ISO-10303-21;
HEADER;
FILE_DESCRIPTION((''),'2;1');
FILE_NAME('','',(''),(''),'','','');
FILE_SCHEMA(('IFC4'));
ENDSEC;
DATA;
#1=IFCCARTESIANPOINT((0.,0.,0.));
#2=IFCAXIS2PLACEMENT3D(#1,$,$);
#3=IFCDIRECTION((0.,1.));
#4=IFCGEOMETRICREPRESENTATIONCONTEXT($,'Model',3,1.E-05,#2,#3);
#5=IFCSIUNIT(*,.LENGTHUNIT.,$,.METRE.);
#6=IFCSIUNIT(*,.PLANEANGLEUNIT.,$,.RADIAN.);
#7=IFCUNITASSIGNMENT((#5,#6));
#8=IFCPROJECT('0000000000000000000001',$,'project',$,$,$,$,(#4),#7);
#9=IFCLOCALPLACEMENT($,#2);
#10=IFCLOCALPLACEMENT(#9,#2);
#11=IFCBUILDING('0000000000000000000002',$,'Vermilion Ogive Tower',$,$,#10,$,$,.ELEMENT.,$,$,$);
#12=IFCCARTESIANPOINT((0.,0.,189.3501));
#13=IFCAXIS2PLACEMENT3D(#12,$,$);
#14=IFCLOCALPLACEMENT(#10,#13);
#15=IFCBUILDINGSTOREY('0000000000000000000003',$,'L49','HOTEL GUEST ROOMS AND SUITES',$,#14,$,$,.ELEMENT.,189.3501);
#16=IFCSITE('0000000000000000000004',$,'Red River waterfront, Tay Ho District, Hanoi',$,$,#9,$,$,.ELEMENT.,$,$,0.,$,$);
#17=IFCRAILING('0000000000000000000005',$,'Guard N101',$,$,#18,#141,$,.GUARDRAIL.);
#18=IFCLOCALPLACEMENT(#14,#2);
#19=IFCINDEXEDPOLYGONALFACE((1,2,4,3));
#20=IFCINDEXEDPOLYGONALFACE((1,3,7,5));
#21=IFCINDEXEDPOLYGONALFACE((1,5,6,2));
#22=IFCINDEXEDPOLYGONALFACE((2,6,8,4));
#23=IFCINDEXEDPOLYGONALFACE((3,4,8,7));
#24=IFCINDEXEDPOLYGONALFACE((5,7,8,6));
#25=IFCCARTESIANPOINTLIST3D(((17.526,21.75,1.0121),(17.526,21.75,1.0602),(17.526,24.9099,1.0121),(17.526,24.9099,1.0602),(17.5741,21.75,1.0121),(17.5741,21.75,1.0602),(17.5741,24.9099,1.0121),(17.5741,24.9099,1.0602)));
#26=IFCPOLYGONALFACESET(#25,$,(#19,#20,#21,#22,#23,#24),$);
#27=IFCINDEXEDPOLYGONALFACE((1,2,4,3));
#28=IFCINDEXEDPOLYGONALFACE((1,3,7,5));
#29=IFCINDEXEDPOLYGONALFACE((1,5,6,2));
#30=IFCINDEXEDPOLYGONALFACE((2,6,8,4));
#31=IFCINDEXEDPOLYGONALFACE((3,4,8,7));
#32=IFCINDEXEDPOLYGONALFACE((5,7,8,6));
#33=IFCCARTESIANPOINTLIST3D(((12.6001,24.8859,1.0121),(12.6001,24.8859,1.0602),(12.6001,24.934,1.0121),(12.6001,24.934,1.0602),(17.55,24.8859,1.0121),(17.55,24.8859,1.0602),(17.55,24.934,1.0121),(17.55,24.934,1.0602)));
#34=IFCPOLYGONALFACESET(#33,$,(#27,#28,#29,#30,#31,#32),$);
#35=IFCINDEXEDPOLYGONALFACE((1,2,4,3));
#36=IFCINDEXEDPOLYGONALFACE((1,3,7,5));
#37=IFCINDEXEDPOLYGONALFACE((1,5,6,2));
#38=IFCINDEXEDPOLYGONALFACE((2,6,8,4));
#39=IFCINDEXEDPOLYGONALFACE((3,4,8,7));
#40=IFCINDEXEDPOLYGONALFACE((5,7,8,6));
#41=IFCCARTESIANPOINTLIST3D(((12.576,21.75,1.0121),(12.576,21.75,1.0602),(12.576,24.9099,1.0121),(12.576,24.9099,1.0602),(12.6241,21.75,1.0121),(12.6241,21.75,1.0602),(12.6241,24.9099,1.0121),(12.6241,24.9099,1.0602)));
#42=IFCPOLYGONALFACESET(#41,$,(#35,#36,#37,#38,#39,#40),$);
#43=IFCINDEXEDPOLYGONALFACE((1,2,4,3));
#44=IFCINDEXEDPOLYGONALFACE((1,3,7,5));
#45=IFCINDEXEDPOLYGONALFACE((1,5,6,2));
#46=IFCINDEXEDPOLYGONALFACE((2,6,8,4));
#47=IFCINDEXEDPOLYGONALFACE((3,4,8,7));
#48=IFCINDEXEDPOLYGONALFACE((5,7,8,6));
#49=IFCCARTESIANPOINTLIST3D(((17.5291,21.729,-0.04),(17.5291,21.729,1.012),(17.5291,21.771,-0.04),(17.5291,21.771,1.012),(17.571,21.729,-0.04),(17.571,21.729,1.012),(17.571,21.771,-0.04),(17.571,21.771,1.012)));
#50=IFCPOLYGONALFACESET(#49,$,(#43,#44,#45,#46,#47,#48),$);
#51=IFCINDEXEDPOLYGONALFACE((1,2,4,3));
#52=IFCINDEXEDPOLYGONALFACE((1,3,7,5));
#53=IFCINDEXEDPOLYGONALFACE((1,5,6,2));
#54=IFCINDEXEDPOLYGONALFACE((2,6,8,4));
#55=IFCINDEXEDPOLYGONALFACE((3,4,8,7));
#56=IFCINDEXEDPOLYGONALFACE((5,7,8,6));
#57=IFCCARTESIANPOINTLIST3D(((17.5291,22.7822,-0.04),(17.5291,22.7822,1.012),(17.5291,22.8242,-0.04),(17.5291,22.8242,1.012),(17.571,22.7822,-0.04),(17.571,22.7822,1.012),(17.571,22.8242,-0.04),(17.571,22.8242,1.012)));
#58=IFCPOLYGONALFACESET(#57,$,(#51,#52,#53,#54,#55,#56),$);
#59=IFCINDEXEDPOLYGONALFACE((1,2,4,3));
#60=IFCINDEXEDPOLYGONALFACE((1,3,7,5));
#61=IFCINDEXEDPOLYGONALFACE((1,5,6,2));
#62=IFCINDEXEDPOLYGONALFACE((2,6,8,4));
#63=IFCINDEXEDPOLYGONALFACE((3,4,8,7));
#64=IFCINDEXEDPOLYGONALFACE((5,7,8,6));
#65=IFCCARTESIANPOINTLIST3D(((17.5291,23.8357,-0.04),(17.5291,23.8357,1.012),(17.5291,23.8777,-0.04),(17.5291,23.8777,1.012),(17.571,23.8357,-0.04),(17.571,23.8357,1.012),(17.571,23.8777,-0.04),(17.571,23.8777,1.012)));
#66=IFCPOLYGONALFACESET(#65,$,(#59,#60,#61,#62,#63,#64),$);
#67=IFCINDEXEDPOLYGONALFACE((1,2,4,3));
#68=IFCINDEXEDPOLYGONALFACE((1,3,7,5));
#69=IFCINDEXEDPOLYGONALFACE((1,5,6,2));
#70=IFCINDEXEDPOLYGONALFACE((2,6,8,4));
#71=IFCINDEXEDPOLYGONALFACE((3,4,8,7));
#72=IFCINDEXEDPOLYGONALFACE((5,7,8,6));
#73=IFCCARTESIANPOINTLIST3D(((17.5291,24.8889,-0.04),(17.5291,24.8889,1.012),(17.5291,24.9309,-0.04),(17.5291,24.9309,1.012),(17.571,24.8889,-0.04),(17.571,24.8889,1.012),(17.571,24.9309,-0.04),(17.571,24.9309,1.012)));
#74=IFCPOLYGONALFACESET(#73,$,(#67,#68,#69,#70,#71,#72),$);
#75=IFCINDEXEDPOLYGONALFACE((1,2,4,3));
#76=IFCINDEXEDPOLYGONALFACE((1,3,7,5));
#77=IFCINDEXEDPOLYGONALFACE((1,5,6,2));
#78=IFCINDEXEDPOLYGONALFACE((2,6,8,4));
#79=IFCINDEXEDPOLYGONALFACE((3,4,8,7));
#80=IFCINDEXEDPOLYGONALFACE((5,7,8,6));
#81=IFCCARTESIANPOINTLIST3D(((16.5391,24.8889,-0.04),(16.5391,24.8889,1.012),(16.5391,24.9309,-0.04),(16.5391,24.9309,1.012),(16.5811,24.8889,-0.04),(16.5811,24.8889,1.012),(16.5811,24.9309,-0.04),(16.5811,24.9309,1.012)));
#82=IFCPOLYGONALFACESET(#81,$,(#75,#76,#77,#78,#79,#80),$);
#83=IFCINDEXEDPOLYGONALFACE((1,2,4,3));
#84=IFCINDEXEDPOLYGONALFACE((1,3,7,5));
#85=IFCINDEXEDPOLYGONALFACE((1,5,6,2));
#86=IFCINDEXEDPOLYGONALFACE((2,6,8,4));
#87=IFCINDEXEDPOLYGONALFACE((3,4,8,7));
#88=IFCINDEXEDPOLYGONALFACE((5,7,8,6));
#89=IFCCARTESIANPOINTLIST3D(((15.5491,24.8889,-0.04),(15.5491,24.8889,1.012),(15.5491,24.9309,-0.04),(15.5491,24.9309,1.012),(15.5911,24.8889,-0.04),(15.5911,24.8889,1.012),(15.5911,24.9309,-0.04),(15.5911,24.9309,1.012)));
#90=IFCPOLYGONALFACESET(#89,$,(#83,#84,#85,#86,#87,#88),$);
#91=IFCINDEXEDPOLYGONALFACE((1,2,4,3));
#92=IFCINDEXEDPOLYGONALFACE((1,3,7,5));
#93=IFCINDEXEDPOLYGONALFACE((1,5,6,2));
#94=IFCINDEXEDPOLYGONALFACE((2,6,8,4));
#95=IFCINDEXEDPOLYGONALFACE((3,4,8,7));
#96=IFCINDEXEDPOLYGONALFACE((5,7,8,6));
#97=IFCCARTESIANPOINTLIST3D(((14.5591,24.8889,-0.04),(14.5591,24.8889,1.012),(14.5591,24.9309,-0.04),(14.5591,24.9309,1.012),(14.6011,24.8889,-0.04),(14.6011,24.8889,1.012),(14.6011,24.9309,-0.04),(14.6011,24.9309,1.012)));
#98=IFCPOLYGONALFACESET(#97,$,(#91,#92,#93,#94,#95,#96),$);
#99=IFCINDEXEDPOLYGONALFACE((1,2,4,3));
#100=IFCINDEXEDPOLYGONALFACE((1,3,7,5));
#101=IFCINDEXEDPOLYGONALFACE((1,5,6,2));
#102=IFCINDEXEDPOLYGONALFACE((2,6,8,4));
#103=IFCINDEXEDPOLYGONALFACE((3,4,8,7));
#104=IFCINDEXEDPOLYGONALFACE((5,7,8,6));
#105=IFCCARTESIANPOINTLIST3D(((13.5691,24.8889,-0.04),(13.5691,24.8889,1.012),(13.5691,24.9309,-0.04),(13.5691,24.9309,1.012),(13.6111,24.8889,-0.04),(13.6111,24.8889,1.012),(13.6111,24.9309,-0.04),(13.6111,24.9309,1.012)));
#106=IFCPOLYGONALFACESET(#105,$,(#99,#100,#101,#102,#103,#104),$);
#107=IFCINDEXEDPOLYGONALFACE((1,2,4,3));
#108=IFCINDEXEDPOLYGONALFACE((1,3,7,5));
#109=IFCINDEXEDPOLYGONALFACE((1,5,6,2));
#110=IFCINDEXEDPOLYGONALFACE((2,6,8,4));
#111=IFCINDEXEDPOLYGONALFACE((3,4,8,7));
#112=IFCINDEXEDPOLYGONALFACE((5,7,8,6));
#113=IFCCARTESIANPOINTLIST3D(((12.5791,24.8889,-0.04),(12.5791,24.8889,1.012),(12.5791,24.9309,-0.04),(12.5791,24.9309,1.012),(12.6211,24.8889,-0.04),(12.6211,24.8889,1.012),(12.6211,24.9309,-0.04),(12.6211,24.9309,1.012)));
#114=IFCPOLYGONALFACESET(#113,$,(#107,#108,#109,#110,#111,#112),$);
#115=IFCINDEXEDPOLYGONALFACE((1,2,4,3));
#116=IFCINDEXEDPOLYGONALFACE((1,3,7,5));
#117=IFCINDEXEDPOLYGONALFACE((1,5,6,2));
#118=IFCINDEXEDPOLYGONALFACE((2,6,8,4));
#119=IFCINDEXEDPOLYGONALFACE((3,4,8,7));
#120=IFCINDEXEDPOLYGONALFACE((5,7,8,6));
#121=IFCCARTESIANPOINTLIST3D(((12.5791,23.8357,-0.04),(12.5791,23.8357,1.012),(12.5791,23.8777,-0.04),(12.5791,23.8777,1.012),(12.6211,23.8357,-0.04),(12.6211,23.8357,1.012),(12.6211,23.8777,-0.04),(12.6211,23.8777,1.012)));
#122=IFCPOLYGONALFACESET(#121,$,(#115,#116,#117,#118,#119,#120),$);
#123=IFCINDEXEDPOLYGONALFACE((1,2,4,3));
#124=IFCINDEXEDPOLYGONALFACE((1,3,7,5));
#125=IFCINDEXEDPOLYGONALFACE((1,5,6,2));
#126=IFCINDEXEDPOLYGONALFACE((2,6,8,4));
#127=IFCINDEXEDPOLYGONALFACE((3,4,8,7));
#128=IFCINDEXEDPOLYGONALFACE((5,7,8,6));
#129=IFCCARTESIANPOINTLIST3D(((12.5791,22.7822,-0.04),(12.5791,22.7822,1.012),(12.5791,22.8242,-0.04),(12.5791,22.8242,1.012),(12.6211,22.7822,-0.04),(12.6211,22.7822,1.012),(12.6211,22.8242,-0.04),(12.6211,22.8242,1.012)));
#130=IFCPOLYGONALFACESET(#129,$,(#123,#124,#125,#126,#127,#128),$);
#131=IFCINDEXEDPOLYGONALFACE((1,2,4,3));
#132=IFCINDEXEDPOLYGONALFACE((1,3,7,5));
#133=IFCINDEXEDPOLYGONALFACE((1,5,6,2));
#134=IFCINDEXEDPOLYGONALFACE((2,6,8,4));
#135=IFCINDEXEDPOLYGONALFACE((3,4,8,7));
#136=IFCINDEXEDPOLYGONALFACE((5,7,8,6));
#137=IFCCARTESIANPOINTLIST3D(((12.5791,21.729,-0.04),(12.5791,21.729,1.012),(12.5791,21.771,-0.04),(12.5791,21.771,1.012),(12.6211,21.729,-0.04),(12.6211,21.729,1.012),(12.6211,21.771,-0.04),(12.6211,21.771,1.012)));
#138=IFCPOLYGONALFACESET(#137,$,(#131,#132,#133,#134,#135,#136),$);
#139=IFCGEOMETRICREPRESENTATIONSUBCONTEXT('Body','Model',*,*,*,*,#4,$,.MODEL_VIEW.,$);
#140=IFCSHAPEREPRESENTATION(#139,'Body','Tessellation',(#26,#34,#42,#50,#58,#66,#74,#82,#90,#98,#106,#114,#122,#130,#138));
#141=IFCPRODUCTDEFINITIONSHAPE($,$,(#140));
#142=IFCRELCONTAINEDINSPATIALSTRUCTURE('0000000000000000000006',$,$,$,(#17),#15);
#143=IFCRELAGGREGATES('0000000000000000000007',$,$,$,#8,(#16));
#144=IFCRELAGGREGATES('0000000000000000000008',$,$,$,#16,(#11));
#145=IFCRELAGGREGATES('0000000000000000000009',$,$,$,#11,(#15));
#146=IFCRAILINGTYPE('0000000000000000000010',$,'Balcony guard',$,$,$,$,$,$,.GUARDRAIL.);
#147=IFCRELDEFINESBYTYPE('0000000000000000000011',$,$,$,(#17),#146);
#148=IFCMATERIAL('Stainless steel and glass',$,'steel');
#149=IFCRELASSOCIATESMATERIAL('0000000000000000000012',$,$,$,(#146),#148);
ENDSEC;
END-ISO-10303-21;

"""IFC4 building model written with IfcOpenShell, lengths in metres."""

from ifc_helpers import new_model, si_unit, direction, frame, origin, origin_2d, place, context, subcontext, project, spatial, rectangle, extrude, material, type_object, element, save


model = new_model("IFC4")

# Units and contexts
model_context = context("Model", 3, precision=1e-05, world=origin(), true_north=direction((0.0, 1.0)))
body_context = subcontext(model_context, "Body", "Model", "MODEL_VIEW")
ifc_project = project(units=[si_unit("LENGTHUNIT", "METRE"), si_unit("PLANEANGLEUNIT", "RADIAN")], contexts=[model_context])

# Site, building, storey
site_placement = place(None, origin())
site = spatial("IfcSite", under=ifc_project, at=site_placement, Name="Red River waterfront, Tay Ho District, Hanoi", CompositionType="ELEMENT", RefElevation=0.0)
building_placement = place(site_placement, origin())
building = spatial("IfcBuilding", under=site, at=building_placement, Name="Vermilion Ogive Tower", CompositionType="ELEMENT")
storey_placement = place(building_placement, frame((0.0, 0.0, 189.3501)))
storey = spatial("IfcBuildingStorey", under=building, at=storey_placement, Name="L49", Description="HOTEL GUEST ROOMS AND SUITES", CompositionType="ELEMENT", Elevation=189.3501)

# Railing
ifc_material_1 = material(Name="Stainless steel and glass", Category="steel")
railing_type = type_object("IfcRailingType", Name="Balcony guard", PredefinedType="GUARDRAIL", material=ifc_material_1)
railing_placement = place(storey_placement, frame((17.55, 21.75, -0.04)))
element("IfcRailing", 1, at=railing_placement, inside=storey, type_object=railing_type, Name="Guard N101", PredefinedType="GUARDRAIL", context=body_context, shape_type="SweptSolid", body=[
    extrude(rectangle(XDim=0.0481, YDim=0.0481, at=origin_2d()), frame((0.0, 0.0, 1.0762), z_axis=(0.0, 1.0, 0.0), x_axis=(-1.0, 0.0, 0.0)), (0.0, 0.0, 1.0), 3.1599),
    extrude(rectangle(XDim=0.0481, YDim=0.0481, at=origin_2d()), frame((0.0, 3.1599, 1.0762), z_axis=(-1.0, 0.0, 0.0), x_axis=(0.0, -1.0, 0.0)), (0.0, 0.0, 1.0), 4.95),
    extrude(rectangle(XDim=0.0481, YDim=0.0481, at=origin_2d()), frame((-4.95, 3.1599, 1.0762), z_axis=(0.0, -1.0, 0.0), x_axis=(1.0, 0.0, 0.0)), (0.0, 0.0, 1.0), 3.1599),
    extrude(rectangle(XDim=0.042, YDim=0.042, at=origin_2d()), origin(), (0.0, 0.0, 1.0), 1.052),
    extrude(rectangle(XDim=0.042, YDim=0.042, at=origin_2d()), frame((0.0, 1.0532, 0.0)), (0.0, 0.0, 1.0), 1.052),
    extrude(rectangle(XDim=0.042, YDim=0.042, at=origin_2d()), frame((0.0, 2.1067, 0.0)), (0.0, 0.0, 1.0), 1.052),
    extrude(rectangle(XDim=0.042, YDim=0.042, at=origin_2d()), frame((0.0, 3.1599, 0.0)), (0.0, 0.0, 1.0), 1.052),
    extrude(rectangle(XDim=0.042, YDim=0.042, at=origin_2d()), frame((-0.99, 3.1599, 0.0)), (0.0, 0.0, 1.0), 1.052),
    extrude(rectangle(XDim=0.042, YDim=0.042, at=origin_2d()), frame((-1.98, 3.1599, 0.0)), (0.0, 0.0, 1.0), 1.052),
    extrude(rectangle(XDim=0.042, YDim=0.042, at=origin_2d()), frame((-2.97, 3.1599, 0.0)), (0.0, 0.0, 1.0), 1.052),
    extrude(rectangle(XDim=0.042, YDim=0.042, at=origin_2d()), frame((-3.96, 3.1599, 0.0)), (0.0, 0.0, 1.0), 1.052),
    extrude(rectangle(XDim=0.042, YDim=0.042, at=origin_2d()), frame((-4.95, 3.1599, 0.0)), (0.0, 0.0, 1.0), 1.052),
    extrude(rectangle(XDim=0.042, YDim=0.042, at=origin_2d()), frame((-4.95, 2.1067, 0.0)), (0.0, 0.0, 1.0), 1.052),
    extrude(rectangle(XDim=0.042, YDim=0.042, at=origin_2d()), frame((-4.95, 1.0532, 0.0)), (0.0, 0.0, 1.0), 1.052),
    extrude(rectangle(XDim=0.042, YDim=0.042, at=origin_2d()), frame((-4.95, 0.0, 0.0)), (0.0, 0.0, 1.0), 1.052),
])

save(model, "model.ifc")
